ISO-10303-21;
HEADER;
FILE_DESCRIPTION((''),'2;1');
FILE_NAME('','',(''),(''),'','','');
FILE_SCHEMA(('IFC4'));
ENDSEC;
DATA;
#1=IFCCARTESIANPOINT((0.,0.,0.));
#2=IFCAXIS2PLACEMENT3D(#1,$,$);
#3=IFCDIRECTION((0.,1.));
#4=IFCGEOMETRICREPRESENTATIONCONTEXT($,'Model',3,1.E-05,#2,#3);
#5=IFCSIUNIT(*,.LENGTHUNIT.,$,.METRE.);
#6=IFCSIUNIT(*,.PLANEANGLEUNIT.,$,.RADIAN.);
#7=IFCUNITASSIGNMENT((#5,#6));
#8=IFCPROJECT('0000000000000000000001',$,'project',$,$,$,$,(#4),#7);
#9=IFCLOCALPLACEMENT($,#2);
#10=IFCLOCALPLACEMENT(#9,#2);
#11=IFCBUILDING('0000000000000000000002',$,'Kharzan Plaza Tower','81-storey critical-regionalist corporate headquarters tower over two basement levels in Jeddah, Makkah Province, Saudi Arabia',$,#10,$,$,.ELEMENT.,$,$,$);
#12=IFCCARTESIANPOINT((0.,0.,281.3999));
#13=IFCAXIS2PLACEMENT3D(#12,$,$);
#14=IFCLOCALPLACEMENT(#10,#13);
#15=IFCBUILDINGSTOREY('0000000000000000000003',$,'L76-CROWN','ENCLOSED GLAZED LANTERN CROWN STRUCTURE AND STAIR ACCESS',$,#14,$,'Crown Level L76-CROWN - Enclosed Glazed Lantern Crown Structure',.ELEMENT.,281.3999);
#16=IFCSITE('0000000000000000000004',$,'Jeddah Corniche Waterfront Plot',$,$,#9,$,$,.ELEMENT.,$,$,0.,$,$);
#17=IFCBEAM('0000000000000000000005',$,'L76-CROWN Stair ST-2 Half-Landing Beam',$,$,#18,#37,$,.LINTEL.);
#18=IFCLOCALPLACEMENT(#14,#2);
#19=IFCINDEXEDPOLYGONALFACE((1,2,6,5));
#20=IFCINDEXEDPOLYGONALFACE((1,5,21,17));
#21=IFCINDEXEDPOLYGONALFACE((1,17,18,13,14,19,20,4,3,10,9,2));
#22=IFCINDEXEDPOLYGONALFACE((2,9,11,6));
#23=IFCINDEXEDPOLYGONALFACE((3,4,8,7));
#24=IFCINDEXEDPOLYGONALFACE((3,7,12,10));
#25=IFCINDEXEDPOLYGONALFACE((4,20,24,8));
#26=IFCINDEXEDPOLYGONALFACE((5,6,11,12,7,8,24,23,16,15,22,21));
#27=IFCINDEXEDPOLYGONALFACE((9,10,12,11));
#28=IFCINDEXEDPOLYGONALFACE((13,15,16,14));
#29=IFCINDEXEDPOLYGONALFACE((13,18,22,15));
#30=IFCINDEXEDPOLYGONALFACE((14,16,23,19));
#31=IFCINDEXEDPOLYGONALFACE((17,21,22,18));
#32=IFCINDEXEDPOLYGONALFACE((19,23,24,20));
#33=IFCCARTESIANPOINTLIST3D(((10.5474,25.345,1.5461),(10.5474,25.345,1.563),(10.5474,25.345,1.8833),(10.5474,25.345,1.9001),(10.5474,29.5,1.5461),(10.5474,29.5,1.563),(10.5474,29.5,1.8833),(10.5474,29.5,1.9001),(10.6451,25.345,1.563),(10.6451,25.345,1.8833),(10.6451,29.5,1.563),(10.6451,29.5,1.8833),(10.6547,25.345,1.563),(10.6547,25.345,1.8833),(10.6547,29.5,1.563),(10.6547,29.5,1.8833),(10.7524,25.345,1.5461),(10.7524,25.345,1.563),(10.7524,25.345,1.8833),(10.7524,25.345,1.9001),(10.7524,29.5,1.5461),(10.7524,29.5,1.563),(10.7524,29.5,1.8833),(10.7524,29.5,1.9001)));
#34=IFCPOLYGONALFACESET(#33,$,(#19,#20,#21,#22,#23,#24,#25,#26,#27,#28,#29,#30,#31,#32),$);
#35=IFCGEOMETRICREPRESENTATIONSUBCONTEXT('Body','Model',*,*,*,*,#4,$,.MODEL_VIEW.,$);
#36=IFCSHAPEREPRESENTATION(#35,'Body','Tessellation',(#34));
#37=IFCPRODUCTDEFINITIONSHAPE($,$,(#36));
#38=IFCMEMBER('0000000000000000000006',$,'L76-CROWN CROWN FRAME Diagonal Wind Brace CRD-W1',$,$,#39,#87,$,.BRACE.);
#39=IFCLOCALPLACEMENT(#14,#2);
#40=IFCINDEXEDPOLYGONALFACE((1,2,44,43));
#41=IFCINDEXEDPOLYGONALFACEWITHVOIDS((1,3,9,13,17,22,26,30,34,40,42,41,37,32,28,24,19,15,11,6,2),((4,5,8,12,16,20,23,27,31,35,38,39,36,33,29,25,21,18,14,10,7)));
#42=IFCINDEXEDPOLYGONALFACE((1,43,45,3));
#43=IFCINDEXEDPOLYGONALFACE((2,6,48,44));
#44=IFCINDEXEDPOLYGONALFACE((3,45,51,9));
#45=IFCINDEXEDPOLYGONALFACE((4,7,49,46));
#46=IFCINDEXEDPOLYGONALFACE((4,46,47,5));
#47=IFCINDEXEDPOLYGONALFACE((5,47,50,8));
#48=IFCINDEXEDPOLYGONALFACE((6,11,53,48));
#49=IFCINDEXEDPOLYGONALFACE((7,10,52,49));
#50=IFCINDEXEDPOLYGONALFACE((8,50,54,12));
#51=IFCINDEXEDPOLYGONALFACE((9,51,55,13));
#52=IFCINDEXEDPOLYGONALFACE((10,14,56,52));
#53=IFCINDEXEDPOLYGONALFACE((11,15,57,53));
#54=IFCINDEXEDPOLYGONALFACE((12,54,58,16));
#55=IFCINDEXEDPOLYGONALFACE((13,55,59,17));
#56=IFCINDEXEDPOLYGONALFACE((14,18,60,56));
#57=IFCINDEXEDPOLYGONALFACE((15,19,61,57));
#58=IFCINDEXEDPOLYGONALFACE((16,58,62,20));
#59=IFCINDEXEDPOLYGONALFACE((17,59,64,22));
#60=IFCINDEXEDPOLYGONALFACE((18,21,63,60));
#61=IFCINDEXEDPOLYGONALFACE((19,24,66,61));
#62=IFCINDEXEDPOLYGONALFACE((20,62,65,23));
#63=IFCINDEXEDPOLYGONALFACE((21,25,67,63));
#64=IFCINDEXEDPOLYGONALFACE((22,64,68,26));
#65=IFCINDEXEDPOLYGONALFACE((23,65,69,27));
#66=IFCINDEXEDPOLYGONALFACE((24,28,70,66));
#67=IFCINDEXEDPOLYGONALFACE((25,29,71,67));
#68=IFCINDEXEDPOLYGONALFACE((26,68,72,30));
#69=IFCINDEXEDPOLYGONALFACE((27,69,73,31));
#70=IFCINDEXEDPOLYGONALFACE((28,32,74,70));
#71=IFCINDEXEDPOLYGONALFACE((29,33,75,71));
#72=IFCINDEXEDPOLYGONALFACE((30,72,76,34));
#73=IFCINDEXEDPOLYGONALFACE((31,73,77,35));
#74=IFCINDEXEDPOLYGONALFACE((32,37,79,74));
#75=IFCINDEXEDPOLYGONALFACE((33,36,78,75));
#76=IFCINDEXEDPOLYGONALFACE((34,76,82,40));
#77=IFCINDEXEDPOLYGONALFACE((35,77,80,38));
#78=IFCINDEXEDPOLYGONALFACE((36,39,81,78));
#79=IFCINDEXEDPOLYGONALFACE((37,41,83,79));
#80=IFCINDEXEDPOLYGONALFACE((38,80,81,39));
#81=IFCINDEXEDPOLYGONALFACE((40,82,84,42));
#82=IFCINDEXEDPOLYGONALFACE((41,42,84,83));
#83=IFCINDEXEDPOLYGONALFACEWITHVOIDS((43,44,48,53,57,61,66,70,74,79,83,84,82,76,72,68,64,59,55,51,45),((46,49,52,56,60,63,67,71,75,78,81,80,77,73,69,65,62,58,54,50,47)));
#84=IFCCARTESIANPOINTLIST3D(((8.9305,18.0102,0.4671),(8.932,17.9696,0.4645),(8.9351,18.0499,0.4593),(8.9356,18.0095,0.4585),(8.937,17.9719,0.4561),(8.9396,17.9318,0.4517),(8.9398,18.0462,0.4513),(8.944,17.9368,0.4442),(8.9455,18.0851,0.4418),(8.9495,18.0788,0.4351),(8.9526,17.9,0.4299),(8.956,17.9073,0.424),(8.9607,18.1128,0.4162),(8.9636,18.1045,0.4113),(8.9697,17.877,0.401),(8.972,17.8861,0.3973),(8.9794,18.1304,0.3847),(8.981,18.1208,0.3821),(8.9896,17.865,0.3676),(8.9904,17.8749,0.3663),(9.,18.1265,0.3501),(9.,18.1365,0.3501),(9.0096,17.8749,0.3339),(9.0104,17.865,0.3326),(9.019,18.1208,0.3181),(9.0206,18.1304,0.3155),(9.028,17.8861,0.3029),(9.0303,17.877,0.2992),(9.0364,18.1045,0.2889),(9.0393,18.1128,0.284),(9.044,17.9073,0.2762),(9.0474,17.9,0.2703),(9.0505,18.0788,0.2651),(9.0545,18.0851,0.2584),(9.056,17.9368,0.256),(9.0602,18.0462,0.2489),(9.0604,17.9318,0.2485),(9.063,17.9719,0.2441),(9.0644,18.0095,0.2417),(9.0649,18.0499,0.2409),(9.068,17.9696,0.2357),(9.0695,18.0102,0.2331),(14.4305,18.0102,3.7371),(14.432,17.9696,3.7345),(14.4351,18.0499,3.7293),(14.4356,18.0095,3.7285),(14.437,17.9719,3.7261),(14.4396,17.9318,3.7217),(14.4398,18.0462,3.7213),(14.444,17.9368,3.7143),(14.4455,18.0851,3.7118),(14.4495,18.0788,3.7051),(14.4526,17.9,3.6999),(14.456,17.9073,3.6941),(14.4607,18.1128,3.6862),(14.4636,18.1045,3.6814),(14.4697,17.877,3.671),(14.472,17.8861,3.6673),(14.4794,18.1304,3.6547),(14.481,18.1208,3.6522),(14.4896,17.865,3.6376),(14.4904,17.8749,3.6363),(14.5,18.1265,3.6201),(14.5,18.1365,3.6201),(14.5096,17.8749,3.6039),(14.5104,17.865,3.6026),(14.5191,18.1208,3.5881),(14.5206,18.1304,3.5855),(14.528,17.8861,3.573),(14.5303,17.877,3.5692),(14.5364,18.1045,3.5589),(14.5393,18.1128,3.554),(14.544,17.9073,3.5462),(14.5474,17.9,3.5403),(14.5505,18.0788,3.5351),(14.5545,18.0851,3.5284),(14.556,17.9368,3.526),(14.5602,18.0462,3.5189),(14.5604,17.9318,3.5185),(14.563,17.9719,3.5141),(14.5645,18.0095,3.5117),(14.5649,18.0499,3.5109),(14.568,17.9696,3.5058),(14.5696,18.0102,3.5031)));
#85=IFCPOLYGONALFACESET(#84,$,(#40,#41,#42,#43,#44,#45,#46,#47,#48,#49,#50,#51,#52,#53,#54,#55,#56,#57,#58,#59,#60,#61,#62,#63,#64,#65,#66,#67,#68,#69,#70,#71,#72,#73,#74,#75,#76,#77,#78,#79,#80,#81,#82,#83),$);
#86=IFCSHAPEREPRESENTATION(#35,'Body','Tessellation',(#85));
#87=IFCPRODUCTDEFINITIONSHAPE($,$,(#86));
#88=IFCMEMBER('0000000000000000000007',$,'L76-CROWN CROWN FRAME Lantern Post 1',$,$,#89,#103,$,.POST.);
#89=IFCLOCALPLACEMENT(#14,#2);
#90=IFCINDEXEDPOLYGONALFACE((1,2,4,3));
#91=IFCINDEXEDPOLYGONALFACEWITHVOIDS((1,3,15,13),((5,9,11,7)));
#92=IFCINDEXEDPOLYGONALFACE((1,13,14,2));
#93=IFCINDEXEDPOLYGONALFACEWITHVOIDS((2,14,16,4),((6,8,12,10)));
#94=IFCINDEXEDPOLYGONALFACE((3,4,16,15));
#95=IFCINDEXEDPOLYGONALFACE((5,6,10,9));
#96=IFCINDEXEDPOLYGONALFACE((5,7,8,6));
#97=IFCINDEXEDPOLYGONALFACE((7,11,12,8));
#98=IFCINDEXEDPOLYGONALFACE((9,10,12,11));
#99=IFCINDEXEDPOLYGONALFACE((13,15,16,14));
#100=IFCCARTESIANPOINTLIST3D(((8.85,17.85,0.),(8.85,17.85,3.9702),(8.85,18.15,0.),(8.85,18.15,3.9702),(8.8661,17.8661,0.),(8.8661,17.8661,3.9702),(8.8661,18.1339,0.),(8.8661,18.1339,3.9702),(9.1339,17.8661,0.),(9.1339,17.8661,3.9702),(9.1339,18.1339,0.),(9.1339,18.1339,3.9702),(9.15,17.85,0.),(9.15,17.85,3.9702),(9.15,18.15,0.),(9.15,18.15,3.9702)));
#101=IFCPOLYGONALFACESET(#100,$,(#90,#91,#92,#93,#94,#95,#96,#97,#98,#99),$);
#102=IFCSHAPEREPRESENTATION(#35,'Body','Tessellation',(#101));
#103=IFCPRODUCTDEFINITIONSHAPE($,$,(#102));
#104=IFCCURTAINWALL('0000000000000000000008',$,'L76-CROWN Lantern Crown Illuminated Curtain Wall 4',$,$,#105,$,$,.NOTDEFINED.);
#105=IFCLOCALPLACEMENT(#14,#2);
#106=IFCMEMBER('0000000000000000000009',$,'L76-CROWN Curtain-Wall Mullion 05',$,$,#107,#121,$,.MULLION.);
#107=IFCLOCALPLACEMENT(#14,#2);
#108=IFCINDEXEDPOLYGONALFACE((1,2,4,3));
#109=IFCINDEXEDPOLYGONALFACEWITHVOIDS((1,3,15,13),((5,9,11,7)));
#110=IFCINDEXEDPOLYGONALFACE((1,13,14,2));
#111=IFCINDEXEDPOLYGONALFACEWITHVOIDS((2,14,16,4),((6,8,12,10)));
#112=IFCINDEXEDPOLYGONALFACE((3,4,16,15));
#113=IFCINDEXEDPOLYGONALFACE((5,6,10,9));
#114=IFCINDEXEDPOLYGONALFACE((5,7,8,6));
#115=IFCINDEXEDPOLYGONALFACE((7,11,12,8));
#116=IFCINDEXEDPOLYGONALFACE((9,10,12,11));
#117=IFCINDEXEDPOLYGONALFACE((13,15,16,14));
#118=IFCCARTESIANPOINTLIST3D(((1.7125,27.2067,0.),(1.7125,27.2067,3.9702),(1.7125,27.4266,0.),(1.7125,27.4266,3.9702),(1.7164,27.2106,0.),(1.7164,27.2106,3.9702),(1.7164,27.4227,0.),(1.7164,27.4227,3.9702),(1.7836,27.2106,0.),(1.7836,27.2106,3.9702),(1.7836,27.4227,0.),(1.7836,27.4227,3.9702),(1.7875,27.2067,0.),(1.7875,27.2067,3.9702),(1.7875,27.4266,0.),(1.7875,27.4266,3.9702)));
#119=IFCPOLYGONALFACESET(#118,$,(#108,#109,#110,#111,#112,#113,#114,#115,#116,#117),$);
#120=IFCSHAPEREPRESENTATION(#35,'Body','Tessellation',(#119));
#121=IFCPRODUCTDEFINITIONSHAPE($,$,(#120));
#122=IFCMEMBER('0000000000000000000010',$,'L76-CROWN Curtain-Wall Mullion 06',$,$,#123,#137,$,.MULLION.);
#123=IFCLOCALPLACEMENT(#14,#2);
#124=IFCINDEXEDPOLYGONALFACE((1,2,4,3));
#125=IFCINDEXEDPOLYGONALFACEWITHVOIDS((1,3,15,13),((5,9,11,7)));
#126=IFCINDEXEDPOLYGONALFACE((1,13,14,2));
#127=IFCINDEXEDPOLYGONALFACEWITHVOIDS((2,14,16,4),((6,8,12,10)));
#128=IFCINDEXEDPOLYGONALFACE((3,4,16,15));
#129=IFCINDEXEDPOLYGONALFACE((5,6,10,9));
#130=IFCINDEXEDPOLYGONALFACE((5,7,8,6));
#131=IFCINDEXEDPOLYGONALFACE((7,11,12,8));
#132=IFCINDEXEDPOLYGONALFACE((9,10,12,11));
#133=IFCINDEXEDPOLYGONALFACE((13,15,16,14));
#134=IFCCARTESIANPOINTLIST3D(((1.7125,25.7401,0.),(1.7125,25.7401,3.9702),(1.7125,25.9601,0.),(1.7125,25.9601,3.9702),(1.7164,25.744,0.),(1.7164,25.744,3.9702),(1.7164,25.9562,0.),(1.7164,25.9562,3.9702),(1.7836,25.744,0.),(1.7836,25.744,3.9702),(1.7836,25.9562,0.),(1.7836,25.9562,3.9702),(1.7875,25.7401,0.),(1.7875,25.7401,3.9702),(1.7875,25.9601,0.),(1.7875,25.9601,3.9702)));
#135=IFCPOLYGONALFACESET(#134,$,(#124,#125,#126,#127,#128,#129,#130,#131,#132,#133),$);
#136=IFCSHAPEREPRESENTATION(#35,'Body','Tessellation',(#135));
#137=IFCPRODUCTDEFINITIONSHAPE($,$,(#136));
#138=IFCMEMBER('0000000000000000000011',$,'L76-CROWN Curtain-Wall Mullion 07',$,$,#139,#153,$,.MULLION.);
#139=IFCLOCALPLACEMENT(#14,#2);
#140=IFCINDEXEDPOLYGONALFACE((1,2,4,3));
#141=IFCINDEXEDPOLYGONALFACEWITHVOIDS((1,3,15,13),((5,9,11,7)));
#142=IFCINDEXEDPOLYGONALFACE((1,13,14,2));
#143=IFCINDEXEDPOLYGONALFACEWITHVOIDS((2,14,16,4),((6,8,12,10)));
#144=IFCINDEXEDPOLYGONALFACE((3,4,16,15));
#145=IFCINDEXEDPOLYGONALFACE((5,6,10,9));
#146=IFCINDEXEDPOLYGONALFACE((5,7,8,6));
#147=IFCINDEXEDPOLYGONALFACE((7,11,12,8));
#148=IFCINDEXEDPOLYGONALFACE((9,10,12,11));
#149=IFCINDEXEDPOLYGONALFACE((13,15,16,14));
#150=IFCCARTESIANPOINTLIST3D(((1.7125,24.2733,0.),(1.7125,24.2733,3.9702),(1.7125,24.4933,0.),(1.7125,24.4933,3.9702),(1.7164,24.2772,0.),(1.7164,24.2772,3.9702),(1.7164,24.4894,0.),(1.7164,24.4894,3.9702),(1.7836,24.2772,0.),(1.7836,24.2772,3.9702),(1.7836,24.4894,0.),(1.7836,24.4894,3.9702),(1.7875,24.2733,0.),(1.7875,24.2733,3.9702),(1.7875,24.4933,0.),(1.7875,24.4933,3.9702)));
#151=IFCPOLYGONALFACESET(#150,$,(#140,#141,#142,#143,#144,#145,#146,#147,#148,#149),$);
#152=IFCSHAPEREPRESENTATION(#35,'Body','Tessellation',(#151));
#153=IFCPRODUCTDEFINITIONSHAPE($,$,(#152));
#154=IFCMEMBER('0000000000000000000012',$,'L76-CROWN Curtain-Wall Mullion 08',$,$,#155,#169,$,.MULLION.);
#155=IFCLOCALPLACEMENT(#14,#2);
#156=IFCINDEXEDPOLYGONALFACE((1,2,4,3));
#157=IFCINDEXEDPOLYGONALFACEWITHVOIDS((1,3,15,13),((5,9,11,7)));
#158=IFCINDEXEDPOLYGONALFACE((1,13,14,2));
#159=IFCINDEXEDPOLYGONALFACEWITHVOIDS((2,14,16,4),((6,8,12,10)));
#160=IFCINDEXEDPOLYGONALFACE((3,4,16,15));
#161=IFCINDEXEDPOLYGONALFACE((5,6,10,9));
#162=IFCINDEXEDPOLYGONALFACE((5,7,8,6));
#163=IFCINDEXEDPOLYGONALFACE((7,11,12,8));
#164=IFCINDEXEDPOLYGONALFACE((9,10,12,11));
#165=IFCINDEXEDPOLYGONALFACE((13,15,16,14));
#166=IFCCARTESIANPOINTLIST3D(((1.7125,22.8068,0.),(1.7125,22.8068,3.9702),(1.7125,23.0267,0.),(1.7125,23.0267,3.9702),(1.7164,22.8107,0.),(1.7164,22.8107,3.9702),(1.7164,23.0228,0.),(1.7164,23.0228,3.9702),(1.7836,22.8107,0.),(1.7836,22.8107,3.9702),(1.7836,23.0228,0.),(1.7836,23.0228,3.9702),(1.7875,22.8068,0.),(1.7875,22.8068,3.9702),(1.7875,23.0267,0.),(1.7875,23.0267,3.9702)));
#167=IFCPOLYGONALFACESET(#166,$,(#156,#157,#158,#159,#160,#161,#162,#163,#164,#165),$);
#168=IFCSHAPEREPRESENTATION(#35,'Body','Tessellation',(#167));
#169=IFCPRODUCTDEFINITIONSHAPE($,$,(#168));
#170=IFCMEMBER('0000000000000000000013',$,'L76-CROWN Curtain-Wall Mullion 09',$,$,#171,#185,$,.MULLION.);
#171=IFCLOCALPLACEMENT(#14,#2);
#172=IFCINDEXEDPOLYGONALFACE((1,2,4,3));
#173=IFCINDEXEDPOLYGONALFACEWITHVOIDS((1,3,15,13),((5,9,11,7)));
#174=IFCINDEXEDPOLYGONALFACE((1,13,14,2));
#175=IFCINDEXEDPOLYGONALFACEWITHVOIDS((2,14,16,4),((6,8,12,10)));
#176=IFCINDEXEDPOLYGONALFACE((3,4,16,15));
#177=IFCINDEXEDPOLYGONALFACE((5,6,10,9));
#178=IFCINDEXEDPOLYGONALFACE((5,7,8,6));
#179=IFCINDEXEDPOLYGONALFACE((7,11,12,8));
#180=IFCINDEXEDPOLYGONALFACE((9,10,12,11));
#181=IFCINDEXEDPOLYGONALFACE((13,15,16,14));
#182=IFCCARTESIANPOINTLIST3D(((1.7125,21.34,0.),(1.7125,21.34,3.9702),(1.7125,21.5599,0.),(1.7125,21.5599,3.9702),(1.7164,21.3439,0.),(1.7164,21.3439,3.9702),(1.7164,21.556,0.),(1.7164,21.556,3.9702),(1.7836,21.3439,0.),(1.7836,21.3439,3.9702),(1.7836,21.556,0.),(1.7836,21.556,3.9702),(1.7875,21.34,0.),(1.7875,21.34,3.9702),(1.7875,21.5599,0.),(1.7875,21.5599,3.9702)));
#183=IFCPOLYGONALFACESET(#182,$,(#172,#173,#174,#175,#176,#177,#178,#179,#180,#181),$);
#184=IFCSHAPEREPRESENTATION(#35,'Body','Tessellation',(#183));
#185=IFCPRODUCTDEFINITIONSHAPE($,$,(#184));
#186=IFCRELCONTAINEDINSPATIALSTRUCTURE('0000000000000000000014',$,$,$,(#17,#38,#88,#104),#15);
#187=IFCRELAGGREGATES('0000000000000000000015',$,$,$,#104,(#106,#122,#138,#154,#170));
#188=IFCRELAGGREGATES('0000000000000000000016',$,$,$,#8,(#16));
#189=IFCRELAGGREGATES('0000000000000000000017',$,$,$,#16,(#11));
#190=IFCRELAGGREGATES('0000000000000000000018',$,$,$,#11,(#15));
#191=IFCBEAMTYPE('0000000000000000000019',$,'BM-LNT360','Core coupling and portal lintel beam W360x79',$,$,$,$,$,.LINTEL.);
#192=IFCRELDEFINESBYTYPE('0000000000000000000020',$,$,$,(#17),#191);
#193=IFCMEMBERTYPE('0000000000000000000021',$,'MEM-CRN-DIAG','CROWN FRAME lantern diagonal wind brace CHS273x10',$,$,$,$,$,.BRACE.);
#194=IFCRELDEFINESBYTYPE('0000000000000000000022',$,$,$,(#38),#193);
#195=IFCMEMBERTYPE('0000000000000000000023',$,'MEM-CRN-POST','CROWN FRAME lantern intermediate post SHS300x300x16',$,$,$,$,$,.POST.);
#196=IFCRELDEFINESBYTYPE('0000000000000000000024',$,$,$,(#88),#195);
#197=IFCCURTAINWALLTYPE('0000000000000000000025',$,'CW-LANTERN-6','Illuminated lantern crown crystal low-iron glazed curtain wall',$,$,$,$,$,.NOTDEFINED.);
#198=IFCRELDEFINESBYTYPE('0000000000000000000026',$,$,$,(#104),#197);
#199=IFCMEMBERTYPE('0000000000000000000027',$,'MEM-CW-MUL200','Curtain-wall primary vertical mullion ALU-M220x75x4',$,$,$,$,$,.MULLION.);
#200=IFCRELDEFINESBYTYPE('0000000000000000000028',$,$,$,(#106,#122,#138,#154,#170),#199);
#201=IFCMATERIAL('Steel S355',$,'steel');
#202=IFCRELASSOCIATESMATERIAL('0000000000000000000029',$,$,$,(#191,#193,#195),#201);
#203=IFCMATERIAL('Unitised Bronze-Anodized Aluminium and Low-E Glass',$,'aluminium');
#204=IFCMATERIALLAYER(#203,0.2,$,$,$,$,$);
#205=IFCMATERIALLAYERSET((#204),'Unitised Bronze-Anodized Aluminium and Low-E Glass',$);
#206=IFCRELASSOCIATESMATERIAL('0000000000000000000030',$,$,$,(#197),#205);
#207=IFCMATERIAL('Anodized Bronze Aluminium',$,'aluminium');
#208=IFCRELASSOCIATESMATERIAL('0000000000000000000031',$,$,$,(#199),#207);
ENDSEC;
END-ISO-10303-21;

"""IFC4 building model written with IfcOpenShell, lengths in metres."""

from ifc_helpers import new_model, si_unit, direction, frame, origin, origin_2d, place, context, subcontext, project, spatial, hollow_rectangle, hollow_circle, i_section, extrude, source, transform, mapped, material, layer, layer_set, material_profile, profile_set, type_object, element, aggregate, save


model = new_model("IFC4")

# Units and contexts
model_context = context("Model", 3, precision=1e-05, world=origin(), true_north=direction((0.0, 1.0)))
body_context = subcontext(model_context, "Body", "Model", "MODEL_VIEW")
ifc_project = project(units=[si_unit("LENGTHUNIT", "METRE"), si_unit("PLANEANGLEUNIT", "RADIAN")], contexts=[model_context])

# Site, building, storey
site_placement = place(None, origin())
site = spatial("IfcSite", under=ifc_project, at=site_placement, Name="Jeddah Corniche Waterfront Plot", CompositionType="ELEMENT", RefElevation=0.0)
building_placement = place(site_placement, origin())
building = spatial("IfcBuilding", under=site, at=building_placement, Name="Kharzan Plaza Tower", Description="81-storey critical-regionalist corporate headquarters tower over two basement levels in Jeddah, Makkah Province, Saudi Arabia", CompositionType="ELEMENT")
storey_placement = place(building_placement, frame((0.0, 0.0, 281.3999)))
storey = spatial("IfcBuildingStorey", under=building, at=storey_placement, Name="L76-CROWN", Description="ENCLOSED GLAZED LANTERN CROWN STRUCTURE AND STAIR ACCESS", LongName="Crown Level L76-CROWN - Enclosed Glazed Lantern Crown Structure", CompositionType="ELEMENT", Elevation=281.3999)

# Beam
ifc_material_1 = material(Name="Steel S355", Category="steel")
ifc_material_profile_1 = material_profile(ifc_material_1, i_section(OverallWidth=0.2051, OverallDepth=0.354, WebThickness=0.0095, FlangeThickness=0.0168, at=origin_2d()), Name="W360x79")
ifc_profile_set_1 = profile_set([ifc_material_profile_1], Name="Steel S355")
beam_type = type_object("IfcBeamType", Name="BM-LNT360", Description="Core coupling and portal lintel beam W360x79", PredefinedType="LINTEL", material=ifc_profile_set_1)
shared_shape_1 = source(origin(), body_context, "Body", "SweptSolid", [
    extrude(i_section(OverallWidth=0.2051, OverallDepth=0.354, WebThickness=0.0095, FlangeThickness=0.0168, at=origin_2d()), origin(), (0.0, 0.0, 1.0), 4.155),
])
beam_placement = place(storey_placement, frame((10.6499, 25.345, 1.7231), z_axis=(0.0, 1.0, 0.0), x_axis=(-1.0, 0.0, 0.0)))
element("IfcBeam", 1, at=beam_placement, inside=storey, type_object=beam_type, Name="L76-CROWN Stair ST-2 Half-Landing Beam", PredefinedType="LINTEL", context=body_context, shape_type="MappedRepresentation", body=[
    mapped(shared_shape_1, transform((0.0, 0.0, 0.0), x_axis=(1.0, 0.0, 0.0), y_axis=(0.0, 1.0, 0.0), z_axis=(0.0, 0.0, 1.0))),
])

# Members
ifc_material_profile_2 = material_profile(ifc_material_1, hollow_circle(Radius=0.1365, WallThickness=0.01, at=origin_2d()), Name="CHS273x10")
ifc_profile_set_2 = profile_set([ifc_material_profile_2], Name="Steel S355")
member_type_1 = type_object("IfcMemberType", Name="MEM-CRN-DIAG", Description="CROWN FRAME lantern diagonal wind brace CHS273x10", PredefinedType="BRACE", material=ifc_profile_set_2)
shared_shape_2 = source(origin(), body_context, "Body", "SweptSolid", [
    extrude(hollow_circle(Radius=0.1365, WallThickness=0.01, at=origin_2d()), origin(), (0.0, 0.0, 1.0), 6.3987),
])
member_1_placement = place(storey_placement, frame((9.0, 18.0, 0.3501), z_axis=(0.859553, 0.0, 0.511046), x_axis=(0.0, 1.0, 0.0)))
element("IfcMember", 2, at=member_1_placement, inside=storey, type_object=member_type_1, Name="L76-CROWN CROWN FRAME Diagonal Wind Brace CRD-W1", PredefinedType="BRACE", context=body_context, shape_type="MappedRepresentation", body=[
    mapped(shared_shape_2, transform((0.0, 0.0, 0.0), x_axis=(1.0, 0.0, 0.0), y_axis=(0.0, 1.0, 0.0), z_axis=(0.0, 0.0, 1.0))),
])
ifc_material_profile_3 = material_profile(ifc_material_1, hollow_rectangle(XDim=0.3, YDim=0.3, WallThickness=0.0161, at=origin_2d()), Name="SHS300x300x16")
ifc_profile_set_3 = profile_set([ifc_material_profile_3], Name="Steel S355")
member_type_2 = type_object("IfcMemberType", Name="MEM-CRN-POST", Description="CROWN FRAME lantern intermediate post SHS300x300x16", PredefinedType="POST", material=ifc_profile_set_3)
shared_shape_3 = source(origin(), body_context, "Body", "SweptSolid", [
    extrude(hollow_rectangle(XDim=0.3, YDim=0.3, WallThickness=0.0161, at=origin_2d()), origin(), (0.0, 0.0, 1.0), 3.9702),
])
member_2_placement = place(storey_placement, frame((9.0, 18.0, 0.0), z_axis=(0.0, 0.0, 1.0), x_axis=(1.0, 0.0, 0.0)))
element("IfcMember", 3, at=member_2_placement, inside=storey, type_object=member_type_2, Name="L76-CROWN CROWN FRAME Lantern Post 1", PredefinedType="POST", context=body_context, shape_type="MappedRepresentation", body=[
    mapped(shared_shape_3, transform((0.0, 0.0, 0.0), x_axis=(1.0, 0.0, 0.0), y_axis=(0.0, 1.0, 0.0), z_axis=(0.0, 0.0, 1.0))),
])

# Curtain wall, members
ifc_material_2 = material(Name="Unitised Bronze-Anodized Aluminium and Low-E Glass", Category="aluminium")
ifc_layer_1 = layer(ifc_material_2, 0.2)
ifc_layer_set_1 = layer_set([ifc_layer_1], Name="Unitised Bronze-Anodized Aluminium and Low-E Glass")
curtain_wall_type = type_object("IfcCurtainWallType", Name="CW-LANTERN-6", Description="Illuminated lantern crown crystal low-iron glazed curtain wall", PredefinedType="NOTDEFINED", material=ifc_layer_set_1)
curtain_wall_placement = place(storey_placement, origin())
curtain_wall = element("IfcCurtainWall", 4, at=curtain_wall_placement, inside=storey, type_object=curtain_wall_type, Name="L76-CROWN Lantern Crown Illuminated Curtain Wall 4", PredefinedType="NOTDEFINED")
ifc_material_3 = material(Name="Anodized Bronze Aluminium", Category="aluminium")
ifc_material_profile_4 = material_profile(ifc_material_3, hollow_rectangle(XDim=0.075, YDim=0.22, WallThickness=0.0039, at=origin_2d()), Name="ALU-M220x75x4")
ifc_profile_set_4 = profile_set([ifc_material_profile_4], Name="Anodized Bronze Aluminium")
member_type_3 = type_object("IfcMemberType", Name="MEM-CW-MUL200", Description="Curtain-wall primary vertical mullion ALU-M220x75x4", PredefinedType="MULLION", material=ifc_profile_set_4)
shared_shape_4 = source(origin(), body_context, "Body", "SweptSolid", [
    extrude(hollow_rectangle(XDim=0.075, YDim=0.22, WallThickness=0.0039, at=origin_2d()), origin(), (0.0, 0.0, 1.0), 3.9702),
])
member_3_placement = place(storey_placement, frame((1.75, 27.3167, 0.0), z_axis=(0.0, 0.0, 1.0), x_axis=(1.0, 0.0, 0.0)))
member_3 = element("IfcMember", 5, at=member_3_placement, type_object=member_type_3, Name="L76-CROWN Curtain-Wall Mullion 05", PredefinedType="MULLION", context=body_context, shape_type="MappedRepresentation", body=[
    mapped(shared_shape_4, transform((0.0, 0.0, 0.0), x_axis=(1.0, 0.0, 0.0), y_axis=(0.0, 1.0, 0.0), z_axis=(0.0, 0.0, 1.0))),
])
member_4_placement = place(storey_placement, frame((1.75, 25.8501, 0.0), z_axis=(0.0, 0.0, 1.0), x_axis=(1.0, 0.0, 0.0)))
member_4 = element("IfcMember", 6, at=member_4_placement, type_object=member_type_3, Name="L76-CROWN Curtain-Wall Mullion 06", PredefinedType="MULLION", context=body_context, shape_type="MappedRepresentation", body=[
    mapped(shared_shape_4, transform((0.0, 0.0, 0.0), x_axis=(1.0, 0.0, 0.0), y_axis=(0.0, 1.0, 0.0), z_axis=(0.0, 0.0, 1.0))),
])
member_5_placement = place(storey_placement, frame((1.75, 24.3833, 0.0), z_axis=(0.0, 0.0, 1.0), x_axis=(1.0, 0.0, 0.0)))
member_5 = element("IfcMember", 7, at=member_5_placement, type_object=member_type_3, Name="L76-CROWN Curtain-Wall Mullion 07", PredefinedType="MULLION", context=body_context, shape_type="MappedRepresentation", body=[
    mapped(shared_shape_4, transform((0.0, 0.0, 0.0), x_axis=(1.0, 0.0, 0.0), y_axis=(0.0, 1.0, 0.0), z_axis=(0.0, 0.0, 1.0))),
])
member_6_placement = place(storey_placement, frame((1.75, 22.9167, 0.0), z_axis=(0.0, 0.0, 1.0), x_axis=(1.0, 0.0, 0.0)))
member_6 = element("IfcMember", 8, at=member_6_placement, type_object=member_type_3, Name="L76-CROWN Curtain-Wall Mullion 08", PredefinedType="MULLION", context=body_context, shape_type="MappedRepresentation", body=[
    mapped(shared_shape_4, transform((0.0, 0.0, 0.0), x_axis=(1.0, 0.0, 0.0), y_axis=(0.0, 1.0, 0.0), z_axis=(0.0, 0.0, 1.0))),
])
member_7_placement = place(storey_placement, frame((1.75, 21.45, 0.0), z_axis=(0.0, 0.0, 1.0), x_axis=(1.0, 0.0, 0.0)))
member_7 = element("IfcMember", 9, at=member_7_placement, type_object=member_type_3, Name="L76-CROWN Curtain-Wall Mullion 09", PredefinedType="MULLION", context=body_context, shape_type="MappedRepresentation", body=[
    mapped(shared_shape_4, transform((0.0, 0.0, 0.0), x_axis=(1.0, 0.0, 0.0), y_axis=(0.0, 1.0, 0.0), z_axis=(0.0, 0.0, 1.0))),
])
aggregate(curtain_wall, [member_3, member_4, member_5, member_6, member_7])

save(model, "model.ifc")
